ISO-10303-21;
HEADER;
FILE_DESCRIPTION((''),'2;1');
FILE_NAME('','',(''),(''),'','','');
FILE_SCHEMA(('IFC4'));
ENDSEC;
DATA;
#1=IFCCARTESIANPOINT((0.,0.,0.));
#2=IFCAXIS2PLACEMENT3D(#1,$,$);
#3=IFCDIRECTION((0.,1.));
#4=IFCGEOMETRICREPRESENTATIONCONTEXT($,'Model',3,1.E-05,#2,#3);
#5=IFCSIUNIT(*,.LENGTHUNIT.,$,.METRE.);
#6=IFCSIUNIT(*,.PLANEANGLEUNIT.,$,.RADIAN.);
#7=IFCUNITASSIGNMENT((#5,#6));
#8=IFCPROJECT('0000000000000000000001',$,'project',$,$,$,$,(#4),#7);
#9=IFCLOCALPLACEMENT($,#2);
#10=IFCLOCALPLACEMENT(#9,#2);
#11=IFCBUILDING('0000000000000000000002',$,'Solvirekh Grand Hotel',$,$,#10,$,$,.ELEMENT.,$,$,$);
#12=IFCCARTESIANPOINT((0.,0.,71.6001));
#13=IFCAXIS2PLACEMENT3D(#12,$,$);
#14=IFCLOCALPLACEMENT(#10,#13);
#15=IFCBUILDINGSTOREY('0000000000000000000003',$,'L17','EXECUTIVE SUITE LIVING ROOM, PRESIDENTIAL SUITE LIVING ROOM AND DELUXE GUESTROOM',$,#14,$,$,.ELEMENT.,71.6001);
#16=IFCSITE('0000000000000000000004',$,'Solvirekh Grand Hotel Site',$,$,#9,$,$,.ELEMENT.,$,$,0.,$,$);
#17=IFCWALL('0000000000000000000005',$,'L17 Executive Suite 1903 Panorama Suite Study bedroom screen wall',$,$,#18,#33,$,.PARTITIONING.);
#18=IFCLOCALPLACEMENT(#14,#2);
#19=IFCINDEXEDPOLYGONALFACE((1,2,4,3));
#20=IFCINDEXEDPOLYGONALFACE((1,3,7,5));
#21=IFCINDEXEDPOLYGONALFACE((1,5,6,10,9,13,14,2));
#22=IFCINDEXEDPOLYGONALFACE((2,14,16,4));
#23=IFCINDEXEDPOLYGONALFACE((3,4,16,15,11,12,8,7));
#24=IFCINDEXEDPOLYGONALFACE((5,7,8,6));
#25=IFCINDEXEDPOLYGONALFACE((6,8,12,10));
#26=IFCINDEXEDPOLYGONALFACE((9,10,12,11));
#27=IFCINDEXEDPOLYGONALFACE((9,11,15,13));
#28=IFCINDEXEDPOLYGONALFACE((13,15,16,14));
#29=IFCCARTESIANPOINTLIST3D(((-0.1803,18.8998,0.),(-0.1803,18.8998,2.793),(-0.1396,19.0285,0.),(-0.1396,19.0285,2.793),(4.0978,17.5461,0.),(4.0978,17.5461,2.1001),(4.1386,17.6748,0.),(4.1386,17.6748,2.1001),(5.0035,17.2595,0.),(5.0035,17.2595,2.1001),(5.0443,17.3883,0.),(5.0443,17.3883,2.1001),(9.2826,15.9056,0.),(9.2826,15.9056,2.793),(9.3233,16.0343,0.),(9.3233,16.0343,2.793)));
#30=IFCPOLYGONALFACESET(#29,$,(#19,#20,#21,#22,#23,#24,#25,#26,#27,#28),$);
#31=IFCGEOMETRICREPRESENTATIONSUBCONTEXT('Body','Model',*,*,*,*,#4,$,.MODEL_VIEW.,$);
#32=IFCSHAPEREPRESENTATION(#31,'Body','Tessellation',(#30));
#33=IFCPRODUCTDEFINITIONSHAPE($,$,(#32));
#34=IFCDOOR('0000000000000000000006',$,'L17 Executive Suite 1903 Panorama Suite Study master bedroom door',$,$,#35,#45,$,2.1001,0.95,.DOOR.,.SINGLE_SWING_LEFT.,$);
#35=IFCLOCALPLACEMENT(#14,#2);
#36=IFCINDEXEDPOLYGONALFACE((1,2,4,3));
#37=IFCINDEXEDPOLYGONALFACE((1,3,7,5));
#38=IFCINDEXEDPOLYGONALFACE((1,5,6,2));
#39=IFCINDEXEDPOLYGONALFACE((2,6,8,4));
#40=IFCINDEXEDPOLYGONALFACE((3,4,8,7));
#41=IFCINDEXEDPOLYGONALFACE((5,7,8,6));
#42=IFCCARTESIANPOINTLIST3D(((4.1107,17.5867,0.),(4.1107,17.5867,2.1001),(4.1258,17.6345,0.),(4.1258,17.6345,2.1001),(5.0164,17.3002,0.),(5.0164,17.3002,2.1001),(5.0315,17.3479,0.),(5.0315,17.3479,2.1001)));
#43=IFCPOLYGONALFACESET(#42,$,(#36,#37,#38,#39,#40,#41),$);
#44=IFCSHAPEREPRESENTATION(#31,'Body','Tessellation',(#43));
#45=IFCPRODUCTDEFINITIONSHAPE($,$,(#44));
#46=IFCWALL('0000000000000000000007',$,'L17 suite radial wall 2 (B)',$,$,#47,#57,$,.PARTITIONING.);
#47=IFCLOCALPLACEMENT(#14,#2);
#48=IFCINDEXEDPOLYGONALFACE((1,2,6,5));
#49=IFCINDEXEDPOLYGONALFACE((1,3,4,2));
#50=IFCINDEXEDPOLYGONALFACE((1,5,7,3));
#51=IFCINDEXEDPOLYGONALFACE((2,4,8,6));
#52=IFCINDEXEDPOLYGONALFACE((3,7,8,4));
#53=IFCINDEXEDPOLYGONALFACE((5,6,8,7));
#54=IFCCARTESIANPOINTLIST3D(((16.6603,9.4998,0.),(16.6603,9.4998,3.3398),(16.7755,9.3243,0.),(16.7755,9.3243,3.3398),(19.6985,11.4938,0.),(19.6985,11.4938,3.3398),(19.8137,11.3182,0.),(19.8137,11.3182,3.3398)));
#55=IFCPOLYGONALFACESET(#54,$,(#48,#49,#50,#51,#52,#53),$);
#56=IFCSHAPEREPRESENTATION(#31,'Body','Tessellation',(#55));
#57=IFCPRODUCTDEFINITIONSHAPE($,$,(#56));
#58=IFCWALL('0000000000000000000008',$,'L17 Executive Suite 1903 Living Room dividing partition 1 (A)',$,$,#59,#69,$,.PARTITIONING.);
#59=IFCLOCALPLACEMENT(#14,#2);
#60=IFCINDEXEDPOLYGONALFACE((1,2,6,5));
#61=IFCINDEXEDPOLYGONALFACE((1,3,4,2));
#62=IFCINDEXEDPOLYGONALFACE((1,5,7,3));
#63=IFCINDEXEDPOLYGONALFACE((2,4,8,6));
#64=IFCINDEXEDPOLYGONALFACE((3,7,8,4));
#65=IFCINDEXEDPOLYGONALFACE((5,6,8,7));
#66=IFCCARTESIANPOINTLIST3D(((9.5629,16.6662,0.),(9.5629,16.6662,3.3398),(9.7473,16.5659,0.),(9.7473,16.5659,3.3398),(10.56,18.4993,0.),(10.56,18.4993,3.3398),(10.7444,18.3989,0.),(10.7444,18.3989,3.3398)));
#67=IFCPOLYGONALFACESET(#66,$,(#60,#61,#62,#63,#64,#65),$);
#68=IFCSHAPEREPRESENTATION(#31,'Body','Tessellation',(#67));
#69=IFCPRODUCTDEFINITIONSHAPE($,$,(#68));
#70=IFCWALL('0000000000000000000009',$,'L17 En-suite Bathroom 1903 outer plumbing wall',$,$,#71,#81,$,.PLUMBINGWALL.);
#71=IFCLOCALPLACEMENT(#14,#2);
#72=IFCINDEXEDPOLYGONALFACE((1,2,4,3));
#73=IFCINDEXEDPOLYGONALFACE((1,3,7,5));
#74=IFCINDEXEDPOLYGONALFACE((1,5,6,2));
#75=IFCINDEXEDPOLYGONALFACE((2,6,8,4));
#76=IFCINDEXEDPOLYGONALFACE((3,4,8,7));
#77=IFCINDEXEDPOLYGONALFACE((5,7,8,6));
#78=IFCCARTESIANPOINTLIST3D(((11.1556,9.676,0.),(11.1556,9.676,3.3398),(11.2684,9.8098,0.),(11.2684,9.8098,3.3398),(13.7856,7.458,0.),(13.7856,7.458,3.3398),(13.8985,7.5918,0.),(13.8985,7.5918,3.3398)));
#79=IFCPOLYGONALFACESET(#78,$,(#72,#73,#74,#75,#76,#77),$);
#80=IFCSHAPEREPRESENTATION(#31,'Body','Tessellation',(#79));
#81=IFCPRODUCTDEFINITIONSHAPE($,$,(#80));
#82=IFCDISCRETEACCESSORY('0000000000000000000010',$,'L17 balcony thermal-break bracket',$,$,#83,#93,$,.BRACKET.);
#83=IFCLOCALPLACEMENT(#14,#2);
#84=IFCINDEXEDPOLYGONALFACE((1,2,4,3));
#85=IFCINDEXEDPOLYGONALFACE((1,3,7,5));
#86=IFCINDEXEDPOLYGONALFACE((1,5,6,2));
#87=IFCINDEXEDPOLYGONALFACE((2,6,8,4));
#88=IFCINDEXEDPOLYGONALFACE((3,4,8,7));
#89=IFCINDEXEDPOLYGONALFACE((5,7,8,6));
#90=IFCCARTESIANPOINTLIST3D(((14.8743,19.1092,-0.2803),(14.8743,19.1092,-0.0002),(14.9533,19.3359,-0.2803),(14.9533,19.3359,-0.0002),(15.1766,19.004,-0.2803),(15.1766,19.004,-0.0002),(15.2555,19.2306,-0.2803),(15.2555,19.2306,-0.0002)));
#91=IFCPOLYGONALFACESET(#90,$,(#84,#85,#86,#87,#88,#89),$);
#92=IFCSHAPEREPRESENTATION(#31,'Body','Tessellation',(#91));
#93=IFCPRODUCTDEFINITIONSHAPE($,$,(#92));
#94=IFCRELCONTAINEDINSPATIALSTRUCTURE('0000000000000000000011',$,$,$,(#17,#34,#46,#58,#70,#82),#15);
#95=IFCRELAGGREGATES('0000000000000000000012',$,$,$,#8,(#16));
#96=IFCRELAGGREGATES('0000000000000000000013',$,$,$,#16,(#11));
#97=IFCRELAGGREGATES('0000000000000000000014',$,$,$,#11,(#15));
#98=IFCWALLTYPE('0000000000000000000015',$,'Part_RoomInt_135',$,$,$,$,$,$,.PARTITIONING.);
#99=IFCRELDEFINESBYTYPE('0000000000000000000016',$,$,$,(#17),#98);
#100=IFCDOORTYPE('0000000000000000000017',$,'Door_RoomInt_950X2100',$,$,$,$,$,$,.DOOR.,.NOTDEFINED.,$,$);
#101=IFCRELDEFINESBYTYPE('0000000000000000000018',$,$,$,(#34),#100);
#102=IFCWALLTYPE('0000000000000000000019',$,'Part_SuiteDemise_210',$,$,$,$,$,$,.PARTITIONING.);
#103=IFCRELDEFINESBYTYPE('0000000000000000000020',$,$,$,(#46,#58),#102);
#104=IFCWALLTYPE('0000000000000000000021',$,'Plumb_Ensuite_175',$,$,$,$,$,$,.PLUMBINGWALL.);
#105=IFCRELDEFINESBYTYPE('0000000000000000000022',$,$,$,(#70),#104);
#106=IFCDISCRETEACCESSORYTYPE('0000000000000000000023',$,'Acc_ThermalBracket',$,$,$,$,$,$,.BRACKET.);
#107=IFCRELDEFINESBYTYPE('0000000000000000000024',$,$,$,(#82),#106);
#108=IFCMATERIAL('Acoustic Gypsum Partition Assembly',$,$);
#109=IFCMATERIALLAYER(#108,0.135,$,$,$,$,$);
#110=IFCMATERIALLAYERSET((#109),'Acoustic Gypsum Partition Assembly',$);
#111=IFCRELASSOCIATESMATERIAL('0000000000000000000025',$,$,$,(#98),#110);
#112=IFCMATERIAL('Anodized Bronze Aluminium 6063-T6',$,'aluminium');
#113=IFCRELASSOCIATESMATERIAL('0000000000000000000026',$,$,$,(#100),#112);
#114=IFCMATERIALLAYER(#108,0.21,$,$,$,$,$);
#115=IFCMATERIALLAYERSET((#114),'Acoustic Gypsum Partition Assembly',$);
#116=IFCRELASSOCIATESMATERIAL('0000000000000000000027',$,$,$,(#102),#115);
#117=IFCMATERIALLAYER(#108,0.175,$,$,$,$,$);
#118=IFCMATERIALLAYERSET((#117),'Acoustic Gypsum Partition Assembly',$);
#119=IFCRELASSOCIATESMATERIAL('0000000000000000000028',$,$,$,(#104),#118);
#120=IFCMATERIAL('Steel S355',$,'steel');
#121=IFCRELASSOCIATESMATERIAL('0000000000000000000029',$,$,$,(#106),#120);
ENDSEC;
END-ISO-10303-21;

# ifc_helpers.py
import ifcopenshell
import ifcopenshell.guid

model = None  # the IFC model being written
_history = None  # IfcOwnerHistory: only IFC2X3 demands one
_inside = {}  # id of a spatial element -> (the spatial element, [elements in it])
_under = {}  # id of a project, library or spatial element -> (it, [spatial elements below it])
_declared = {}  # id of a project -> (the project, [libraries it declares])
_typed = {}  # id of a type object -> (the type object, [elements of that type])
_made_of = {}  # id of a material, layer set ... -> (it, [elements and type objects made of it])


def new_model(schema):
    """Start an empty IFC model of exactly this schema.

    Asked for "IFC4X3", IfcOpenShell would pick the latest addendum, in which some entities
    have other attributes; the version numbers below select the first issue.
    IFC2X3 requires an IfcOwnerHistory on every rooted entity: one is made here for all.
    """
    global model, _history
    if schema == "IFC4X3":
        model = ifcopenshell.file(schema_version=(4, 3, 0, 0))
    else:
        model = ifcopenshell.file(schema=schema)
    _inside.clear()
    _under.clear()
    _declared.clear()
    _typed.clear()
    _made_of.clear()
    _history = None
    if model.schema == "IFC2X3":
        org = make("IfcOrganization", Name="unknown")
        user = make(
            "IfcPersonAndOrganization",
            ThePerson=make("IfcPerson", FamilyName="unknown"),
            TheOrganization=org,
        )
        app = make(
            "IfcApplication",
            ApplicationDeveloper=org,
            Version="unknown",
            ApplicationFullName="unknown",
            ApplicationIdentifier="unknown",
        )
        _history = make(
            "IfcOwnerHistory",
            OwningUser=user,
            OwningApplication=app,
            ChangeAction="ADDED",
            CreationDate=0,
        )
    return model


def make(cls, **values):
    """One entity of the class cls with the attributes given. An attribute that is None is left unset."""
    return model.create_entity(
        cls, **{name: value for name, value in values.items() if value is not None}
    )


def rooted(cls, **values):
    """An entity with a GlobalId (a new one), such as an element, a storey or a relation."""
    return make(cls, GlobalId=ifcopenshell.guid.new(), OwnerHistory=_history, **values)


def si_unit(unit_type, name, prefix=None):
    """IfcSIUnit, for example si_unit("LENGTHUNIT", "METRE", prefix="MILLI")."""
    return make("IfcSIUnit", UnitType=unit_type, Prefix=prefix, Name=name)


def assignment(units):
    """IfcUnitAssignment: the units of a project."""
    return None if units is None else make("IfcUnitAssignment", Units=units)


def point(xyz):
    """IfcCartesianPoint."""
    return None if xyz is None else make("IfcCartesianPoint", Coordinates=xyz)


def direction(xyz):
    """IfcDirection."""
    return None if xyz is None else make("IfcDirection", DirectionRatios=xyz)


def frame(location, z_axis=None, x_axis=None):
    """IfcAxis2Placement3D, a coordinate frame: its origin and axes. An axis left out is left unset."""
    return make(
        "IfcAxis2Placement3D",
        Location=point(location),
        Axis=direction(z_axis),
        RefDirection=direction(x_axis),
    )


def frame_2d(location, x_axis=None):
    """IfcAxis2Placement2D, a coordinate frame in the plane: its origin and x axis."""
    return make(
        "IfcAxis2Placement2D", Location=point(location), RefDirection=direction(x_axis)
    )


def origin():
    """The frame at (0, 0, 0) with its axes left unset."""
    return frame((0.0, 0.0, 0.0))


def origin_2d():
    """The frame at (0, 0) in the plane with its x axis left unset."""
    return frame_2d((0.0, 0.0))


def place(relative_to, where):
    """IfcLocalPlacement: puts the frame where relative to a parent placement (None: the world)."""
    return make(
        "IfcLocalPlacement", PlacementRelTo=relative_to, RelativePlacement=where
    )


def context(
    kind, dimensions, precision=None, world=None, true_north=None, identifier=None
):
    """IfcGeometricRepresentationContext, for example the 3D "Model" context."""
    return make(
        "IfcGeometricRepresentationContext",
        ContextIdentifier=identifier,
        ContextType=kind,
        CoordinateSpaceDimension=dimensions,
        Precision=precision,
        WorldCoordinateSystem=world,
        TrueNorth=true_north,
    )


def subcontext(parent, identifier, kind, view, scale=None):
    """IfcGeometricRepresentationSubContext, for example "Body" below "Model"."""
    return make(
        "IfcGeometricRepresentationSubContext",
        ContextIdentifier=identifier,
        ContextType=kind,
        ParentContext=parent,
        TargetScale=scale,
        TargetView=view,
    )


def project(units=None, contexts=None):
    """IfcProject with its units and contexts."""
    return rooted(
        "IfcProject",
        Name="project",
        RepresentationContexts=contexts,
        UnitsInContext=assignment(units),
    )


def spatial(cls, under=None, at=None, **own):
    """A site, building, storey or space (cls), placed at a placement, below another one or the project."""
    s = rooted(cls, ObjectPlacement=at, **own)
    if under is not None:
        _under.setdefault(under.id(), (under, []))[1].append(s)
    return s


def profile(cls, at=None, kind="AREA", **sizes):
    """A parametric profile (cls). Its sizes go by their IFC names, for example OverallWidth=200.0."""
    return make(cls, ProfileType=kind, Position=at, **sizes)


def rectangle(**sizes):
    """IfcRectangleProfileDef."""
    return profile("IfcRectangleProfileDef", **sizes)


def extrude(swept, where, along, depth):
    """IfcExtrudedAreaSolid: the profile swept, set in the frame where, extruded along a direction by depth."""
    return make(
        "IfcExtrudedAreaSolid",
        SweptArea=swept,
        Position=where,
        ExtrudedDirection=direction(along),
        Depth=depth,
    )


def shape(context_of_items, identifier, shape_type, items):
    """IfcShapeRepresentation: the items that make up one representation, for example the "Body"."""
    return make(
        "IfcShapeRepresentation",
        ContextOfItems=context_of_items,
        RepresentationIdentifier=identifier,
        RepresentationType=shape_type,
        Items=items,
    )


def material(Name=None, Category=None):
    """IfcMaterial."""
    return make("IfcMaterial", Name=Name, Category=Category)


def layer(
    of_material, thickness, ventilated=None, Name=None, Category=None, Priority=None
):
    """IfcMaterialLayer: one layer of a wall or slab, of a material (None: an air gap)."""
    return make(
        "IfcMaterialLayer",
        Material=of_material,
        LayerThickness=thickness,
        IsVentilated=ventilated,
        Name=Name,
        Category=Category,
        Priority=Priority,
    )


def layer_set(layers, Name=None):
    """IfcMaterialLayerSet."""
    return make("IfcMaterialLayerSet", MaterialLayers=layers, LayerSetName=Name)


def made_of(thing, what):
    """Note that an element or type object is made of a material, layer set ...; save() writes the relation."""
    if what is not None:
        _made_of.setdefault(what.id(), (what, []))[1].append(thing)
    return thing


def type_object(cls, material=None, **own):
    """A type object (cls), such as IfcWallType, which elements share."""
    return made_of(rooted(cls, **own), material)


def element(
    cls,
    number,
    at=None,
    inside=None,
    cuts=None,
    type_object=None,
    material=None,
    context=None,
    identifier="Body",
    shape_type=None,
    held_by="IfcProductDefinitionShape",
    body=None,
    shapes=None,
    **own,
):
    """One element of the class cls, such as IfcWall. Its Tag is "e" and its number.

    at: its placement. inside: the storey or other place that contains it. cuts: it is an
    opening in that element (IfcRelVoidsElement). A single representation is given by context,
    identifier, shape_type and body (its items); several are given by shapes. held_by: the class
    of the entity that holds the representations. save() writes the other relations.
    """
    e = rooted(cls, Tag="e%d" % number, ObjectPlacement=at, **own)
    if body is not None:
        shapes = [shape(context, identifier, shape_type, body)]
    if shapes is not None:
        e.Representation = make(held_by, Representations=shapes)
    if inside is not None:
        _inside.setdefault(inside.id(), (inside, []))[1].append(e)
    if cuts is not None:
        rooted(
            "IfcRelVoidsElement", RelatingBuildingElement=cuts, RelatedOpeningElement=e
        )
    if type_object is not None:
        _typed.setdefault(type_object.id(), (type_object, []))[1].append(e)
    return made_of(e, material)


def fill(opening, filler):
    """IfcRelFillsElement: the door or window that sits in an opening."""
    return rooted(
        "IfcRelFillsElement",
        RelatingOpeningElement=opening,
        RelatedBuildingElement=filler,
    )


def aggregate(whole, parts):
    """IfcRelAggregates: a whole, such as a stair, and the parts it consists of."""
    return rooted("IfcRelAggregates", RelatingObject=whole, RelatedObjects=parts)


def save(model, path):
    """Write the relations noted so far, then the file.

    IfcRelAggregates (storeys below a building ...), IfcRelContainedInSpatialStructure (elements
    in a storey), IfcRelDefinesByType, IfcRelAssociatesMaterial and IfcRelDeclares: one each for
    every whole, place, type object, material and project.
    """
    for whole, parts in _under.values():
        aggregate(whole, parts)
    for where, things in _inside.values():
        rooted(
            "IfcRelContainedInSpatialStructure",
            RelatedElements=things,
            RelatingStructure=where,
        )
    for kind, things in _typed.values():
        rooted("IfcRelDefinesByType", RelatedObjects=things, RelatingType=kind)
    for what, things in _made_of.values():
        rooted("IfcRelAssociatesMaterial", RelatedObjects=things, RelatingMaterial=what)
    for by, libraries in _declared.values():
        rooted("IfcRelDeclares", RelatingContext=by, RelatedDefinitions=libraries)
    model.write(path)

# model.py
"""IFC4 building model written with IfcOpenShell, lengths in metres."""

from ifc_helpers import new_model, si_unit, direction, frame, frame_2d, origin, origin_2d, place, context, subcontext, project, spatial, rectangle, extrude, material, layer, layer_set, type_object, element, fill, save


model = new_model("IFC4")

# Units and contexts
model_context = context("Model", 3, precision=1e-05, world=origin(), true_north=direction((0.0, 1.0)))
body_context = subcontext(model_context, "Body", "Model", "MODEL_VIEW")
ifc_project = project(units=[si_unit("LENGTHUNIT", "METRE"), si_unit("PLANEANGLEUNIT", "RADIAN")], contexts=[model_context])

# Site, building, storey
site_placement = place(None, origin())
site = spatial("IfcSite", under=ifc_project, at=site_placement, Name="Solvirekh Grand Hotel Site", CompositionType="ELEMENT", RefElevation=0.0)
building_placement = place(site_placement, origin())
building = spatial("IfcBuilding", under=site, at=building_placement, Name="Solvirekh Grand Hotel", CompositionType="ELEMENT")
storey_placement = place(building_placement, frame((0.0, 0.0, 71.6001)))
storey = spatial("IfcBuildingStorey", under=building, at=storey_placement, Name="L17", Description="EXECUTIVE SUITE LIVING ROOM, PRESIDENTIAL SUITE LIVING ROOM AND DELUXE GUESTROOM", CompositionType="ELEMENT", Elevation=71.6001)

# Shared definitions
ifc_material_1 = material(Name="Steel S355", Category="steel")

# Shared definitions
ifc_material_2 = material(Name="Anodized Bronze Aluminium 6063-T6", Category="aluminium")

# Wall, opening, door
ifc_material_3 = material(Name="Acoustic Gypsum Partition Assembly")
ifc_layer_1 = layer(ifc_material_3, 0.135)
ifc_layer_set_1 = layer_set([ifc_layer_1], Name="Acoustic Gypsum Partition Assembly")
wall_type_1 = type_object("IfcWallType", Name="Part_RoomInt_135", PredefinedType="PARTITIONING", material=ifc_layer_set_1)
door_type = type_object("IfcDoorType", Name="Door_RoomInt_950X2100", OperationType="NOTDEFINED", PredefinedType="DOOR", material=ifc_material_2)
wall_1_placement = place(storey_placement, frame((9.303, 15.97, 0.0), z_axis=(0.0, 0.0, 1.0), x_axis=(-0.953413, 0.301668, 0.0)))
wall_1 = element("IfcWall", 1, at=wall_1_placement, inside=storey, type_object=wall_type_1, Name="L17 Executive Suite 1903 Panorama Suite Study bedroom screen wall", PredefinedType="PARTITIONING", context=body_context, shape_type="SweptSolid", body=[
    extrude(rectangle(XDim=9.9253, YDim=0.135, at=frame_2d((4.9626, 0.0))), origin(), (0.0, 0.0, 1.0), 2.793),
])
opening_1_placement = place(wall_1_placement, frame((4.488, 0.0, 0.0)))
opening_1 = element("IfcOpeningElement", 2, at=opening_1_placement, cuts=wall_1, PredefinedType="OPENING", context=body_context, shape_type="SweptSolid", body=[
    extrude(rectangle(XDim=0.95, YDim=2.1001, at=frame_2d((0.4751, 1.05))), frame((0.0, 0.0776, 0.0), z_axis=(0.0, -1.0, 0.0), x_axis=(1.0, 0.0, 0.0)), (0.0, 0.0, 1.0), 0.155),
])
door_1_placement = place(opening_1_placement, origin())
door_1 = element("IfcDoor", 3, at=door_1_placement, inside=storey, type_object=door_type, Name="L17 Executive Suite 1903 Panorama Suite Study master bedroom door", OperationType="SINGLE_SWING_LEFT", OverallHeight=2.1001, OverallWidth=0.95, PredefinedType="DOOR", context=body_context, shape_type="SweptSolid", body=[
    extrude(rectangle(XDim=0.95, YDim=2.1001, at=frame_2d((0.4751, 1.05))), frame((0.0, 0.0249, 0.0), z_axis=(0.0, -1.0, 0.0), x_axis=(1.0, 0.0, 0.0)), (0.0, 0.0, 1.0), 0.05),
])
fill(opening_1, door_1)

# Walls
ifc_layer_2 = layer(ifc_material_3, 0.21)
ifc_layer_set_2 = layer_set([ifc_layer_2], Name="Acoustic Gypsum Partition Assembly")
wall_type_2 = type_object("IfcWallType", Name="Part_SuiteDemise_210", PredefinedType="PARTITIONING", material=ifc_layer_set_2)
wall_2_placement = place(storey_placement, frame((16.718, 9.4121, 0.0), z_axis=(0.0, 0.0, 1.0), x_axis=(0.836029, 0.548686, 0.0)))
element("IfcWall", 4, at=wall_2_placement, inside=storey, type_object=wall_type_2, Name="L17 suite radial wall 2 (B)", PredefinedType="PARTITIONING", context=body_context, shape_type="SweptSolid", body=[
    extrude(rectangle(XDim=3.634, YDim=0.21, at=frame_2d((1.8169, 0.0))), origin(), (0.0, 0.0, 1.0), 3.3398),
])
wall_3_placement = place(storey_placement, frame((9.655, 16.616, 0.0), z_axis=(0.0, 0.0, 1.0), x_axis=(0.477835, 0.878449, 0.0)))
element("IfcWall", 5, at=wall_3_placement, inside=storey, type_object=wall_type_2, Name="L17 Executive Suite 1903 Living Room dividing partition 1 (A)", PredefinedType="PARTITIONING", context=body_context, shape_type="SweptSolid", body=[
    extrude(rectangle(XDim=2.0867, YDim=0.21, at=frame_2d((1.0435, 0.0))), origin(), (0.0, 0.0, 1.0), 3.3398),
])
ifc_layer_3 = layer(ifc_material_3, 0.175)
ifc_layer_set_3 = layer_set([ifc_layer_3], Name="Acoustic Gypsum Partition Assembly")
wall_type_3 = type_object("IfcWallType", Name="Plumb_Ensuite_175", PredefinedType="PLUMBINGWALL", material=ifc_layer_set_3)
wall_4_placement = place(storey_placement, frame((13.842, 7.5249, 0.0), z_axis=(0.0, 0.0, 1.0), x_axis=(-0.764456, 0.644675, 0.0)))
element("IfcWall", 6, at=wall_4_placement, inside=storey, type_object=wall_type_3, Name="L17 En-suite Bathroom 1903 outer plumbing wall", PredefinedType="PLUMBINGWALL", context=body_context, shape_type="SweptSolid", body=[
    extrude(rectangle(XDim=3.4404, YDim=0.175, at=frame_2d((1.7202, 0.0))), origin(), (0.0, 0.0, 1.0), 3.3398),
])

# Discrete accessory
discrete_accessory_type = type_object("IfcDiscreteAccessoryType", Name="Acc_ThermalBracket", PredefinedType="BRACKET", material=ifc_material_1)
discrete_accessory_placement = place(storey_placement, frame((15.0649, 19.1699, -0.2803), z_axis=(0.0, 0.0, 1.0), x_axis=(0.944376, -0.328867, 0.0)))
element("IfcDiscreteAccessory", 7, at=discrete_accessory_placement, inside=storey, type_object=discrete_accessory_type, Name="L17 balcony thermal-break bracket", PredefinedType="BRACKET", context=body_context, shape_type="SweptSolid", body=[
    extrude(rectangle(XDim=0.3201, YDim=0.24, at=origin_2d()), origin(), (0.0, 0.0, 1.0), 0.28),
])

save(model, "model.ifc")
